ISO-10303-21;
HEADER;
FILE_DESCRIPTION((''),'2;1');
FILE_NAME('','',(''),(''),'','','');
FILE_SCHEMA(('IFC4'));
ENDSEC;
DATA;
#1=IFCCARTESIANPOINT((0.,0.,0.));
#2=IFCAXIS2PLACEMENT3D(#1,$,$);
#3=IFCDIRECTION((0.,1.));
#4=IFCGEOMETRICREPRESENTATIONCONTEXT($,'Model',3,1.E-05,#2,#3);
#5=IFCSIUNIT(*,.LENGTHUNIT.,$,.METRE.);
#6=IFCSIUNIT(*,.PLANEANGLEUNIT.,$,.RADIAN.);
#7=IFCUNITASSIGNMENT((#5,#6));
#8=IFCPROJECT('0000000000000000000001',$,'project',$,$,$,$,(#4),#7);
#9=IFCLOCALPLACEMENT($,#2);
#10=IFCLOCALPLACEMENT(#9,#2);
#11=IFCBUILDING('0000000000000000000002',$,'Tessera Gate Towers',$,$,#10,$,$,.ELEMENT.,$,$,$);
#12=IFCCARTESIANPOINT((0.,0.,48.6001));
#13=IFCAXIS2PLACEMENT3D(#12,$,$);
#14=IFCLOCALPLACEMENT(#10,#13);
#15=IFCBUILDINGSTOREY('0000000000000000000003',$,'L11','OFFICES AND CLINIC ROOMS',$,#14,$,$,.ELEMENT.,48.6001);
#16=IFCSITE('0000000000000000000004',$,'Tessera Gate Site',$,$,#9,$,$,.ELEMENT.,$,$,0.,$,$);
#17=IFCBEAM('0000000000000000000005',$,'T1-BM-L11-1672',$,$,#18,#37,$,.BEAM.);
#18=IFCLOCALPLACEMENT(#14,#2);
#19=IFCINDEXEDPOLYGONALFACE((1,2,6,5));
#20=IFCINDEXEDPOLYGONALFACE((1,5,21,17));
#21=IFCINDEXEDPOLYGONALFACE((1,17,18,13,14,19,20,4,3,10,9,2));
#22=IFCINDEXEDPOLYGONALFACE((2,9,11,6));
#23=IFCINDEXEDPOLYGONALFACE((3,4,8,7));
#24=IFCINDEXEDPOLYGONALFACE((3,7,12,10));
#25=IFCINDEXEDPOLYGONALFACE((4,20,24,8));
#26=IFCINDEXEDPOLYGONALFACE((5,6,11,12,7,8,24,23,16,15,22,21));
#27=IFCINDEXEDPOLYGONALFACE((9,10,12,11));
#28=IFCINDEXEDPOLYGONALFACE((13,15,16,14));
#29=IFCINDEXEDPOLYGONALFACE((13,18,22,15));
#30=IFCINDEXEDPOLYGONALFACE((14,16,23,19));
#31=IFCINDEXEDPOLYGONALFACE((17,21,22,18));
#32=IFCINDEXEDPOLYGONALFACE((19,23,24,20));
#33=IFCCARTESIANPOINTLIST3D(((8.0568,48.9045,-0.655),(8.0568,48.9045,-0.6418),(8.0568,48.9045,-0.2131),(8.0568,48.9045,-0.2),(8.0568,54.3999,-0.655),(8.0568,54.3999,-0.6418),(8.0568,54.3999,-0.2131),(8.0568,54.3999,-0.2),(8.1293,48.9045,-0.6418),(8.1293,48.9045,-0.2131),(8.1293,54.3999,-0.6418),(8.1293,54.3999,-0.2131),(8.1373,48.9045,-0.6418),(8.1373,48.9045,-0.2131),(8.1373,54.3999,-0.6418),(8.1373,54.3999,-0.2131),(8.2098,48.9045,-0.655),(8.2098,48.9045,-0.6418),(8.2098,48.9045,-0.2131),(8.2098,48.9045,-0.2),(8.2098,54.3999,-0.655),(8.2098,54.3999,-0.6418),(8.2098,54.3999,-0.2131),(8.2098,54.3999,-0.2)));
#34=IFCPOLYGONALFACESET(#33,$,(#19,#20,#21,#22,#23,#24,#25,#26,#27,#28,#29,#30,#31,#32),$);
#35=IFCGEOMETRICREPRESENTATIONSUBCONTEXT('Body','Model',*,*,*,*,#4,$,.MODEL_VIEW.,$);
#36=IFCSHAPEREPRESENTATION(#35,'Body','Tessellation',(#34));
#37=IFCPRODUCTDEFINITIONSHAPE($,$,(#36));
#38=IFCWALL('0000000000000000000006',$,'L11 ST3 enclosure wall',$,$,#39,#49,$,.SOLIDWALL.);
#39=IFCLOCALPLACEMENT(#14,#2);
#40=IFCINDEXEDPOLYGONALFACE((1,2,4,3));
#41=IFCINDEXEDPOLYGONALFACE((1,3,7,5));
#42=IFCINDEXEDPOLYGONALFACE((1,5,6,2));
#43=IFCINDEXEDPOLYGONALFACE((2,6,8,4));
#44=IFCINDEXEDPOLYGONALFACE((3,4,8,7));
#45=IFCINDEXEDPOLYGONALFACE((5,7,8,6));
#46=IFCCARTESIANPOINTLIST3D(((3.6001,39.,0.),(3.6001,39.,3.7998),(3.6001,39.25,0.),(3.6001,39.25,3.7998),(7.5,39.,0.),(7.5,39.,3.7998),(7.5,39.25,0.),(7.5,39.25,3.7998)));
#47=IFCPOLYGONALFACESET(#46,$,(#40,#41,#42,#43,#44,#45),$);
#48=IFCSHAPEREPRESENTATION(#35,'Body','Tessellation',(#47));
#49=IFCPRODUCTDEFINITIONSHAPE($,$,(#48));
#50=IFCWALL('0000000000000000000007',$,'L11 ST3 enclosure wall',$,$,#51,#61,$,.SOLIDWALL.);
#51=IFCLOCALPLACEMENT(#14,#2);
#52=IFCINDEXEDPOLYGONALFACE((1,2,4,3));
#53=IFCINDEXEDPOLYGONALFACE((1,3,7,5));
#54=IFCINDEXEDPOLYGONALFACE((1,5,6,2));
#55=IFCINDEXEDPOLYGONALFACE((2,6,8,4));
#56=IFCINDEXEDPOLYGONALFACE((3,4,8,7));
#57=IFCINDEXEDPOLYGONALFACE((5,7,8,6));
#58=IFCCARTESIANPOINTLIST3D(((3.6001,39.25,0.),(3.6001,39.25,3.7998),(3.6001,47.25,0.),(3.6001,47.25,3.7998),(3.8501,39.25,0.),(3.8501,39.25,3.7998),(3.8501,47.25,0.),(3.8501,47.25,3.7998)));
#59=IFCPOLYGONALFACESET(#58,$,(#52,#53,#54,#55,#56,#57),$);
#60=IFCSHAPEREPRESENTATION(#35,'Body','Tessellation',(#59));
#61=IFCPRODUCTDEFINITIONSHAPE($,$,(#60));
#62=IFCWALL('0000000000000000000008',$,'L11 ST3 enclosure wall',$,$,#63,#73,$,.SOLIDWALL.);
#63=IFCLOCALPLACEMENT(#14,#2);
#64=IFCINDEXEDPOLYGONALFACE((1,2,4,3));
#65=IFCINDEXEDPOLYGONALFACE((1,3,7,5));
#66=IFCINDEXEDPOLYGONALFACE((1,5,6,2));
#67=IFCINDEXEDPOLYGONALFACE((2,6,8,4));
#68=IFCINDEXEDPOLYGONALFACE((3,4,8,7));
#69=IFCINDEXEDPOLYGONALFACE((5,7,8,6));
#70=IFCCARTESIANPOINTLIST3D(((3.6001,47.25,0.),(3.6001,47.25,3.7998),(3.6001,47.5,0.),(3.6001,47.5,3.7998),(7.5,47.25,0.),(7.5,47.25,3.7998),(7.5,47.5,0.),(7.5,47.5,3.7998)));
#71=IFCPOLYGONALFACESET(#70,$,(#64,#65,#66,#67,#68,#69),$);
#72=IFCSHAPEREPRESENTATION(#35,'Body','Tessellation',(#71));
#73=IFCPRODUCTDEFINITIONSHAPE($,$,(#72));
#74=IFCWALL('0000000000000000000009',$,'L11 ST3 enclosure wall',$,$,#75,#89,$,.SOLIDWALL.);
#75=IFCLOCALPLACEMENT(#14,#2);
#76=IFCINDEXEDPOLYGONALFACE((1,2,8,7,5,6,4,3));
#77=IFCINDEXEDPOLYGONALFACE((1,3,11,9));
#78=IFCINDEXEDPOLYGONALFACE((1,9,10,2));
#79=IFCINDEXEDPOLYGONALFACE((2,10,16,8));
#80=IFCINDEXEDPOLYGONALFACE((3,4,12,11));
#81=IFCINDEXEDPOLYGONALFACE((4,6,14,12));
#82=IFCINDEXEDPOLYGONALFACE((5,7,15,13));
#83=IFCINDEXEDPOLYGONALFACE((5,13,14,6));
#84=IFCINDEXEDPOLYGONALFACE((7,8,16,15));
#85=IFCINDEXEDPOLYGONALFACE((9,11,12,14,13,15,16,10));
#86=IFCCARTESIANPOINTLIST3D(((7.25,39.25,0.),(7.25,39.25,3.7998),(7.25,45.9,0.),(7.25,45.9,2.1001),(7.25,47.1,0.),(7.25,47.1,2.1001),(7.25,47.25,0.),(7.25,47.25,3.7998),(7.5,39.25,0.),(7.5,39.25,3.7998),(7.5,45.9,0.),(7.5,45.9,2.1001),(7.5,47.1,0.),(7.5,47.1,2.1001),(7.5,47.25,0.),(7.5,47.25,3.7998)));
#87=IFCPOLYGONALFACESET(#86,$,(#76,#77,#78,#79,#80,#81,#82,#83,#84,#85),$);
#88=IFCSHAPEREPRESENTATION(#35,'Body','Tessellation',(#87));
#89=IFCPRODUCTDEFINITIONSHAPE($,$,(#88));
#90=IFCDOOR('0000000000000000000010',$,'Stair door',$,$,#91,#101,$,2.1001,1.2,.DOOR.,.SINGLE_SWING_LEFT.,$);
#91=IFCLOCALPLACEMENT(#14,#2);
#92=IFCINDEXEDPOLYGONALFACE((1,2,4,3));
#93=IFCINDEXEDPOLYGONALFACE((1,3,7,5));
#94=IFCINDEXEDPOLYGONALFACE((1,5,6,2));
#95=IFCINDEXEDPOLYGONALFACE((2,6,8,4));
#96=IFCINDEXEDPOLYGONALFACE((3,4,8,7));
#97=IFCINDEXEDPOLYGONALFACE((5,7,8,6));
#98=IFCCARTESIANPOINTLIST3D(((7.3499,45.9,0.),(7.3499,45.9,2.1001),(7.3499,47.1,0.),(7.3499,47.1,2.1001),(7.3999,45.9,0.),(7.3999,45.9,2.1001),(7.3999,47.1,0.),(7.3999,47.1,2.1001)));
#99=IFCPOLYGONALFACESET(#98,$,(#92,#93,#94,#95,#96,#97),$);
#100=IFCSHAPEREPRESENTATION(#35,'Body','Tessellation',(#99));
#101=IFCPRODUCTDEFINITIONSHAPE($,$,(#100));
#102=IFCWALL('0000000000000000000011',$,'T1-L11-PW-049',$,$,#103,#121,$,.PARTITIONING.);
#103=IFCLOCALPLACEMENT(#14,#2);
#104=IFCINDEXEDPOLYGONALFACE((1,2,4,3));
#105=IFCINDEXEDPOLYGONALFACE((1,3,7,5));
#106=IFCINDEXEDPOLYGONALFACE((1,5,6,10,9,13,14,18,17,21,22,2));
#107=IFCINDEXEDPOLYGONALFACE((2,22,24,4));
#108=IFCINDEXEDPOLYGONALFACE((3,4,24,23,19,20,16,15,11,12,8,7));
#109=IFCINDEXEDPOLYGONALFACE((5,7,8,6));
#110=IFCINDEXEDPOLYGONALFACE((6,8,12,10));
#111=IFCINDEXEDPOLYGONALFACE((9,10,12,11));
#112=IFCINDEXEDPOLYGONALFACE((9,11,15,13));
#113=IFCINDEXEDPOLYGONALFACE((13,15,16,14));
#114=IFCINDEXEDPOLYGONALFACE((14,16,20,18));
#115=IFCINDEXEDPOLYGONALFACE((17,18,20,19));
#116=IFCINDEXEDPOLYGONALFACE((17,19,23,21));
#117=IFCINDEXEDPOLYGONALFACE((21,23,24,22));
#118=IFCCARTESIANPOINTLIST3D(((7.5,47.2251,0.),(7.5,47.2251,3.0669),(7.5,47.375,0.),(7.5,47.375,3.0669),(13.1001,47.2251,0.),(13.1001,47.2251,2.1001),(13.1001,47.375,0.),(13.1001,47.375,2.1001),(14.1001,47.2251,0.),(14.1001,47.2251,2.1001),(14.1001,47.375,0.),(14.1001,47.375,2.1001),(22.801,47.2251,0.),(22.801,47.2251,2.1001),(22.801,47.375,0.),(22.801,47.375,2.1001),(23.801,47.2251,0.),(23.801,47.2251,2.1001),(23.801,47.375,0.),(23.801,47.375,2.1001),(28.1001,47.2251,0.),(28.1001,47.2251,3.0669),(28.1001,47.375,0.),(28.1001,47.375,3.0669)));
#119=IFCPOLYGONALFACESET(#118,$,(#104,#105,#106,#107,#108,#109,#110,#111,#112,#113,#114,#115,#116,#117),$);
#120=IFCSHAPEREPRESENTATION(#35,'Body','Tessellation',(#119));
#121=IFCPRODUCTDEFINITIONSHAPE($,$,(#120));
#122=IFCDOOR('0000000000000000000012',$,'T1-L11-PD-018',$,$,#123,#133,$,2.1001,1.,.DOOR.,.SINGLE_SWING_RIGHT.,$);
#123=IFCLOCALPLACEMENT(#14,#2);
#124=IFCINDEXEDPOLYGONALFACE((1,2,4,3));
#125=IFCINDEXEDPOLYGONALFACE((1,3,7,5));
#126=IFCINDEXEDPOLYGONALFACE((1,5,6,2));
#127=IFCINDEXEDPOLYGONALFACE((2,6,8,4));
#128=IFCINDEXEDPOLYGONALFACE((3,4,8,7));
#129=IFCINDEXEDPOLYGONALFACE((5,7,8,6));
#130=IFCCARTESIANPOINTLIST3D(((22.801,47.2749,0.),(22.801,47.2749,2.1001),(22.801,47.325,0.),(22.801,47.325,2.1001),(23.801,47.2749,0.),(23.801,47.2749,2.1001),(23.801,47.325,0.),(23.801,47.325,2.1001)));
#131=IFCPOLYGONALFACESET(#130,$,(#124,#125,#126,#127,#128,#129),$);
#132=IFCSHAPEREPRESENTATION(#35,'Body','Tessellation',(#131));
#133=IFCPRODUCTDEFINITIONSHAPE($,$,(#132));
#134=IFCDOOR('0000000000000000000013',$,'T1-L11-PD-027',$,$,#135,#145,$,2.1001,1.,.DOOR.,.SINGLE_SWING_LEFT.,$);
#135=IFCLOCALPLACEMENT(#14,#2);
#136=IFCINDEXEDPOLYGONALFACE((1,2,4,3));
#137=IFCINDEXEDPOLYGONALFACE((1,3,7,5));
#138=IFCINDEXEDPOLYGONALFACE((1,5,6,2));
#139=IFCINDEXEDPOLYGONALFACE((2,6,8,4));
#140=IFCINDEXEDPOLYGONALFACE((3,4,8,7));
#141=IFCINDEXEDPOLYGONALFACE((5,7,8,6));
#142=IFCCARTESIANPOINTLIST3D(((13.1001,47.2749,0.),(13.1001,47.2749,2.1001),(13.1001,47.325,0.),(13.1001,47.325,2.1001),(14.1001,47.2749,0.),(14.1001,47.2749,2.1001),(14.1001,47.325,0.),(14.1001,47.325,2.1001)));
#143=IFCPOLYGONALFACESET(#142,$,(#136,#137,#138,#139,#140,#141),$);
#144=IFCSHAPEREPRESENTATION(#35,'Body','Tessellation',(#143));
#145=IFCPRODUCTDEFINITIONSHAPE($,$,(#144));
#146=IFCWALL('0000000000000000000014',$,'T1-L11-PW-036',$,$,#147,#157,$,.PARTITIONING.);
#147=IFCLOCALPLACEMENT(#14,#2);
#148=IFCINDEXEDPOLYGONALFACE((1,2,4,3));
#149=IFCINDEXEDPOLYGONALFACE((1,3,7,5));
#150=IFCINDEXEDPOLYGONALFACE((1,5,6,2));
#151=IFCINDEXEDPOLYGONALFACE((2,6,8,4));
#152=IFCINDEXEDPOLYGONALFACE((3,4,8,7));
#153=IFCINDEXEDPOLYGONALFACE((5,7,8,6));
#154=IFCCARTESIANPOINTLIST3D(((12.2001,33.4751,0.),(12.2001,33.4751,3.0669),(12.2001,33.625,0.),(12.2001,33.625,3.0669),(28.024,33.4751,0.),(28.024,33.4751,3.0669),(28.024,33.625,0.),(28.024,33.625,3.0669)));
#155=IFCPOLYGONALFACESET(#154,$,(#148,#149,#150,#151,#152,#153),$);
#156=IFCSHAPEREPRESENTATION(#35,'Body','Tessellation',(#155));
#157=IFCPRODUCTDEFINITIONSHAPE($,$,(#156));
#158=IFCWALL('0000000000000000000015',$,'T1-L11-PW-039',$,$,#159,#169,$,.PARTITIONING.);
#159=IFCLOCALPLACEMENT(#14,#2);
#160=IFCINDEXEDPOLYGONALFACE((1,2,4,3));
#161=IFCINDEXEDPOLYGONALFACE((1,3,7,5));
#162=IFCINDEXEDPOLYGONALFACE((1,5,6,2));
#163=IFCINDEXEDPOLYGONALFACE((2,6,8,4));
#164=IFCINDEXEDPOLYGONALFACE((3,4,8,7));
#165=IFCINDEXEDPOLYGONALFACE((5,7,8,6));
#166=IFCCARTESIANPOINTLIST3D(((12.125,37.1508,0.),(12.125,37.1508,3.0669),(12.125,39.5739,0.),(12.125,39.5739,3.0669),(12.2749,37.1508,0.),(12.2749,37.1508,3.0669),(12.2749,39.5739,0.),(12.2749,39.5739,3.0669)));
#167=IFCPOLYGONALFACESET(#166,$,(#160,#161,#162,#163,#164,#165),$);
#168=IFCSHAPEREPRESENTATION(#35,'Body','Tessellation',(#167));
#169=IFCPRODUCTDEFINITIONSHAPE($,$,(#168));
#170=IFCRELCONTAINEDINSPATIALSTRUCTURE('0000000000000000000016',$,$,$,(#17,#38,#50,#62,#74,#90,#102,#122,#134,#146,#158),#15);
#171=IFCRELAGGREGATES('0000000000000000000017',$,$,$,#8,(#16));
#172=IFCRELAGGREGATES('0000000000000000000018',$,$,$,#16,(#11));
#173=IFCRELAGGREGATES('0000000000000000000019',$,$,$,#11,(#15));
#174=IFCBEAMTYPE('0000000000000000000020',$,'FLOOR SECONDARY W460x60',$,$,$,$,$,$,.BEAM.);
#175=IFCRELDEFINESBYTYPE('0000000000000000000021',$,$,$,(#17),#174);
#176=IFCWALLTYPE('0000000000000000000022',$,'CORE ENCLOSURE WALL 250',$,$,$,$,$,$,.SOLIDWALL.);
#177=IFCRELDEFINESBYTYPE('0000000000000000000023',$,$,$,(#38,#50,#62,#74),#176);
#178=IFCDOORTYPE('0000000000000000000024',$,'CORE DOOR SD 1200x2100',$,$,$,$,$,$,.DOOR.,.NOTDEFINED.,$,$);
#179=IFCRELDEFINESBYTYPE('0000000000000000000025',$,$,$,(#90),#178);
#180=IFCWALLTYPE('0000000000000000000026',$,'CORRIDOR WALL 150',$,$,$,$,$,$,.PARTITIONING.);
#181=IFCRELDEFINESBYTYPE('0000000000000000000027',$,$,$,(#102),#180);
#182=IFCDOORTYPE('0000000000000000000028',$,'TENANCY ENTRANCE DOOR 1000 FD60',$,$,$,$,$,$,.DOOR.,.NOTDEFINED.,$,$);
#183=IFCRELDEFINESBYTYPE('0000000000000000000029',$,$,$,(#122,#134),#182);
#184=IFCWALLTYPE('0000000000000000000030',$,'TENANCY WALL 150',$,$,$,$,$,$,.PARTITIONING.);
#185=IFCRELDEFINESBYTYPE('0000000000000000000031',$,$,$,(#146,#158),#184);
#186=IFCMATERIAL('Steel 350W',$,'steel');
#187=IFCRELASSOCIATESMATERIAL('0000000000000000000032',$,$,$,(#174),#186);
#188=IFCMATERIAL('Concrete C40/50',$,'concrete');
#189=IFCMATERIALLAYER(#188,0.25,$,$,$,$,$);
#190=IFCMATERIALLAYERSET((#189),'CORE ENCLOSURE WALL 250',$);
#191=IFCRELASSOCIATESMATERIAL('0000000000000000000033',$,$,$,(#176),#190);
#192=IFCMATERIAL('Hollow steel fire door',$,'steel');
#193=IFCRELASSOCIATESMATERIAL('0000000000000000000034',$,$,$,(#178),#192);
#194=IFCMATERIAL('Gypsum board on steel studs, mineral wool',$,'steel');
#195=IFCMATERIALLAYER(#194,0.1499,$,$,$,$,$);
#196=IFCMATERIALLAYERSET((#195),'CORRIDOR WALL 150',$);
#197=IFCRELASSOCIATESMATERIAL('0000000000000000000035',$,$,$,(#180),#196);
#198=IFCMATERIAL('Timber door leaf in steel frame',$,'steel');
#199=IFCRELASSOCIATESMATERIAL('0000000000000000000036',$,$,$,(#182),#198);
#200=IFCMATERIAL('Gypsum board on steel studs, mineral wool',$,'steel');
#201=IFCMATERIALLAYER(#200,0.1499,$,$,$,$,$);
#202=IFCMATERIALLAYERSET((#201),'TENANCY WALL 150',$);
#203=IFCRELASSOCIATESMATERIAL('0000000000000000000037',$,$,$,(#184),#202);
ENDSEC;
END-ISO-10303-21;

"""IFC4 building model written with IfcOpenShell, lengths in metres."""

from ifc_helpers import new_model, si_unit, direction, frame, frame_2d, origin, origin_2d, place, context, subcontext, project, spatial, rectangle, i_section, extrude, source, transform, mapped, material, layer, layer_set, material_profile, profile_set, type_object, element, fill, save


model = new_model("IFC4")

# Units and contexts
model_context = context("Model", 3, precision=1e-05, world=origin(), true_north=direction((0.0, 1.0)))
body_context = subcontext(model_context, "Body", "Model", "MODEL_VIEW")
ifc_project = project(units=[si_unit("LENGTHUNIT", "METRE"), si_unit("PLANEANGLEUNIT", "RADIAN")], contexts=[model_context])

# Site, building, storey
site_placement = place(None, origin())
site = spatial("IfcSite", under=ifc_project, at=site_placement, Name="Tessera Gate Site", CompositionType="ELEMENT", RefElevation=0.0)
building_placement = place(site_placement, origin())
building = spatial("IfcBuilding", under=site, at=building_placement, Name="Tessera Gate Towers", CompositionType="ELEMENT")
storey_placement = place(building_placement, frame((0.0, 0.0, 48.6001)))
storey = spatial("IfcBuildingStorey", under=building, at=storey_placement, Name="L11", Description="OFFICES AND CLINIC ROOMS", CompositionType="ELEMENT", Elevation=48.6001)

# Beam
ifc_material_1 = material(Name="Steel 350W", Category="steel")
ifc_material_profile_1 = material_profile(ifc_material_1, i_section(OverallWidth=0.1531, OverallDepth=0.4551, WebThickness=0.0081, FlangeThickness=0.0132, at=origin_2d()), Name="W460x60")
ifc_profile_set_1 = profile_set([ifc_material_profile_1], Name="Steel 350W")
beam_type_1 = type_object("IfcBeamType", Name="FLOOR SECONDARY W460x60", PredefinedType="BEAM", material=ifc_profile_set_1)
beam_1_placement = place(storey_placement, frame((8.1333, 48.9045, -0.4275), z_axis=(0.0, 1.0, 0.0), x_axis=(-1.0, 0.0, 0.0)))
element("IfcBeam", 1, at=beam_1_placement, inside=storey, type_object=beam_type_1, Name="T1-BM-L11-1672", PredefinedType="BEAM", context=body_context, shape_type="SweptSolid", body=[
    extrude(i_section(OverallWidth=0.1531, OverallDepth=0.4551, WebThickness=0.0081, FlangeThickness=0.0132, at=origin_2d()), origin(), (0.0, 0.0, 1.0), 5.4954),
])

# Walls
ifc_material_2 = material(Name="Concrete C40/50", Category="concrete")
ifc_layer_1 = layer(ifc_material_2, 0.25)
ifc_layer_set_1 = layer_set([ifc_layer_1], Name="CORE ENCLOSURE WALL 250")
wall_type_1 = type_object("IfcWallType", Name="CORE ENCLOSURE WALL 250", PredefinedType="SOLIDWALL", material=ifc_layer_set_1)
wall_1_placement = place(storey_placement, frame((7.5, 39.125, 0.0), z_axis=(0.0, 0.0, 1.0), x_axis=(-1.0, 0.0, 0.0)))
element("IfcWall", 2, at=wall_1_placement, inside=storey, type_object=wall_type_1, Name="L11 ST3 enclosure wall", PredefinedType="SOLIDWALL", context=body_context, shape_type="SweptSolid", body=[
    extrude(rectangle(XDim=3.8999, YDim=0.25, at=frame_2d((1.95, 0.0))), origin(), (0.0, 0.0, 1.0), 3.7998),
])
wall_2_placement = place(storey_placement, frame((3.7251, 39.25, 0.0), z_axis=(0.0, 0.0, 1.0), x_axis=(0.0, 1.0, 0.0)))
element("IfcWall", 3, at=wall_2_placement, inside=storey, type_object=wall_type_1, Name="L11 ST3 enclosure wall", PredefinedType="SOLIDWALL", context=body_context, shape_type="SweptSolid", body=[
    extrude(rectangle(XDim=8.0, YDim=0.25, at=frame_2d((4.0, 0.0))), origin(), (0.0, 0.0, 1.0), 3.7998),
])
wall_3_placement = place(storey_placement, frame((3.6001, 47.375, 0.0), z_axis=(0.0, 0.0, 1.0), x_axis=(1.0, 0.0, 0.0)))
element("IfcWall", 4, at=wall_3_placement, inside=storey, type_object=wall_type_1, Name="L11 ST3 enclosure wall", PredefinedType="SOLIDWALL", context=body_context, shape_type="SweptSolid", body=[
    extrude(rectangle(XDim=3.8999, YDim=0.25, at=frame_2d((1.95, 0.0))), origin(), (0.0, 0.0, 1.0), 3.7998),
])

# Wall, opening, door
wall_4_placement = place(storey_placement, frame((7.375, 47.25, 0.0), z_axis=(0.0, 0.0, 1.0), x_axis=(0.0, -1.0, 0.0)))
wall_4 = element("IfcWall", 5, at=wall_4_placement, inside=storey, type_object=wall_type_1, Name="L11 ST3 enclosure wall", PredefinedType="SOLIDWALL", context=body_context, shape_type="SweptSolid", body=[
    extrude(rectangle(XDim=8.0, YDim=0.25, at=frame_2d((4.0, 0.0))), origin(), (0.0, 0.0, 1.0), 3.7998),
])
shared_shape_1 = source(origin(), body_context, "Body", "SweptSolid", [
    extrude(rectangle(XDim=1.2, YDim=2.1001, at=frame_2d((0.6001, 1.05))), frame((0.0, 0.135, 0.0), z_axis=(0.0, -1.0, 0.0), x_axis=(1.0, 0.0, 0.0)), (0.0, 0.0, 1.0), 0.27),
])
opening_1_placement = place(wall_4_placement, frame((0.1499, 0.0, 0.0)))
opening_1 = element("IfcOpeningElement", 6, at=opening_1_placement, cuts=wall_4, PredefinedType="OPENING", context=body_context, shape_type="MappedRepresentation", body=[
    mapped(shared_shape_1, transform((0.0, 0.0, 0.0), scale=1.0)),
])
ifc_material_3 = material(Name="Hollow steel fire door", Category="steel")
door_type_1 = type_object("IfcDoorType", Name="CORE DOOR SD 1200x2100", OperationType="NOTDEFINED", PredefinedType="DOOR", material=ifc_material_3)
shared_shape_2 = source(origin(), body_context, "Body", "SweptSolid", [
    extrude(rectangle(XDim=1.2, YDim=2.1001, at=frame_2d((0.6001, 1.05))), frame((0.0, 0.0249, 0.0), z_axis=(0.0, -1.0, 0.0), x_axis=(1.0, 0.0, 0.0)), (0.0, 0.0, 1.0), 0.05),
])
door_1_placement = place(opening_1_placement, origin())
door_1 = element("IfcDoor", 7, at=door_1_placement, inside=storey, type_object=door_type_1, Name="Stair door", OperationType="SINGLE_SWING_LEFT", OverallHeight=2.1001, OverallWidth=1.2, PredefinedType="DOOR", context=body_context, shape_type="MappedRepresentation", body=[
    mapped(shared_shape_2, transform((0.0, 0.0, 0.0), scale=1.0)),
])
fill(opening_1, door_1)

# Wall, openings, doors
ifc_material_4 = material(Name="Gypsum board on steel studs, mineral wool", Category="steel")
ifc_layer_2 = layer(ifc_material_4, 0.1499)
ifc_layer_set_2 = layer_set([ifc_layer_2], Name="CORRIDOR WALL 150")
wall_type_2 = type_object("IfcWallType", Name="CORRIDOR WALL 150", PredefinedType="PARTITIONING", material=ifc_layer_set_2)
wall_5_placement = place(storey_placement, frame((7.5, 47.3, 0.0), z_axis=(0.0, 0.0, 1.0), x_axis=(1.0, 0.0, 0.0)))
wall_5 = element("IfcWall", 8, at=wall_5_placement, inside=storey, type_object=wall_type_2, Name="T1-L11-PW-049", PredefinedType="PARTITIONING", context=body_context, shape_type="SweptSolid", body=[
    extrude(rectangle(XDim=20.6001, YDim=0.1499, at=frame_2d((10.3, 0.0))), origin(), (0.0, 0.0, 1.0), 3.0669),
])
shared_shape_3 = source(origin(), body_context, "Body", "SweptSolid", [
    extrude(rectangle(XDim=1.0, YDim=2.1001, at=frame_2d((0.5, 1.05))), frame((0.0, 0.085, 0.0), z_axis=(0.0, -1.0, 0.0), x_axis=(1.0, 0.0, 0.0)), (0.0, 0.0, 1.0), 0.1699),
])
opening_2_placement = place(wall_5_placement, frame((15.301, 0.0, 0.0)))
opening_2 = element("IfcOpeningElement", 9, at=opening_2_placement, cuts=wall_5, PredefinedType="OPENING", context=body_context, shape_type="MappedRepresentation", body=[
    mapped(shared_shape_3, transform((0.0, 0.0, 0.0), scale=1.0)),
])
opening_3_placement = place(wall_5_placement, frame((5.6001, 0.0, 0.0)))
opening_3 = element("IfcOpeningElement", 10, at=opening_3_placement, cuts=wall_5, PredefinedType="OPENING", context=body_context, shape_type="MappedRepresentation", body=[
    mapped(shared_shape_3, transform((0.0, 0.0, 0.0), scale=1.0)),
])
ifc_material_5 = material(Name="Timber door leaf in steel frame", Category="steel")
door_type_2 = type_object("IfcDoorType", Name="TENANCY ENTRANCE DOOR 1000 FD60", OperationType="NOTDEFINED", PredefinedType="DOOR", material=ifc_material_5)
shared_shape_4 = source(origin(), body_context, "Body", "SweptSolid", [
    extrude(rectangle(XDim=1.0, YDim=2.1001, at=frame_2d((0.5, 1.05))), frame((0.0, 0.0249, 0.0), z_axis=(0.0, -1.0, 0.0), x_axis=(1.0, 0.0, 0.0)), (0.0, 0.0, 1.0), 0.05),
])
door_2_placement = place(opening_2_placement, origin())
door_2 = element("IfcDoor", 11, at=door_2_placement, inside=storey, type_object=door_type_2, Name="T1-L11-PD-018", OperationType="SINGLE_SWING_RIGHT", OverallHeight=2.1001, OverallWidth=1.0, PredefinedType="DOOR", context=body_context, shape_type="MappedRepresentation", body=[
    mapped(shared_shape_4, transform((0.0, 0.0, 0.0), scale=1.0)),
])
fill(opening_2, door_2)
door_3_placement = place(opening_3_placement, origin())
door_3 = element("IfcDoor", 12, at=door_3_placement, inside=storey, type_object=door_type_2, Name="T1-L11-PD-027", OperationType="SINGLE_SWING_LEFT", OverallHeight=2.1001, OverallWidth=1.0, PredefinedType="DOOR", context=body_context, shape_type="MappedRepresentation", body=[
    mapped(shared_shape_4, transform((0.0, 0.0, 0.0), scale=1.0)),
])
fill(opening_3, door_3)

# Walls
ifc_material_6 = material(Name="Gypsum board on steel studs, mineral wool", Category="steel")
ifc_layer_3 = layer(ifc_material_6, 0.1499)
ifc_layer_set_3 = layer_set([ifc_layer_3], Name="TENANCY WALL 150")
wall_type_3 = type_object("IfcWallType", Name="TENANCY WALL 150", PredefinedType="PARTITIONING", material=ifc_layer_set_3)
wall_6_placement = place(storey_placement, frame((12.2, 33.55, 0.0), z_axis=(0.0, 0.0, 1.0), x_axis=(1.0, 0.0, 0.0)))
element("IfcWall", 13, at=wall_6_placement, inside=storey, type_object=wall_type_3, Name="T1-L11-PW-036", PredefinedType="PARTITIONING", context=body_context, shape_type="SweptSolid", body=[
    extrude(rectangle(XDim=15.824, YDim=0.1499, at=frame_2d((7.9121, 0.0))), origin(), (0.0, 0.0, 1.0), 3.0669),
])
wall_7_placement = place(storey_placement, frame((12.2, 37.1509, 0.0), z_axis=(0.0, 0.0, 1.0), x_axis=(0.0, 1.0, 0.0)))
element("IfcWall", 14, at=wall_7_placement, inside=storey, type_object=wall_type_3, Name="T1-L11-PW-039", PredefinedType="PARTITIONING", context=body_context, shape_type="SweptSolid", body=[
    extrude(rectangle(XDim=2.4231, YDim=0.1499, at=frame_2d((1.2114, 0.0))), origin(), (0.0, 0.0, 1.0), 3.0669),
])

save(model, "model.ifc")
